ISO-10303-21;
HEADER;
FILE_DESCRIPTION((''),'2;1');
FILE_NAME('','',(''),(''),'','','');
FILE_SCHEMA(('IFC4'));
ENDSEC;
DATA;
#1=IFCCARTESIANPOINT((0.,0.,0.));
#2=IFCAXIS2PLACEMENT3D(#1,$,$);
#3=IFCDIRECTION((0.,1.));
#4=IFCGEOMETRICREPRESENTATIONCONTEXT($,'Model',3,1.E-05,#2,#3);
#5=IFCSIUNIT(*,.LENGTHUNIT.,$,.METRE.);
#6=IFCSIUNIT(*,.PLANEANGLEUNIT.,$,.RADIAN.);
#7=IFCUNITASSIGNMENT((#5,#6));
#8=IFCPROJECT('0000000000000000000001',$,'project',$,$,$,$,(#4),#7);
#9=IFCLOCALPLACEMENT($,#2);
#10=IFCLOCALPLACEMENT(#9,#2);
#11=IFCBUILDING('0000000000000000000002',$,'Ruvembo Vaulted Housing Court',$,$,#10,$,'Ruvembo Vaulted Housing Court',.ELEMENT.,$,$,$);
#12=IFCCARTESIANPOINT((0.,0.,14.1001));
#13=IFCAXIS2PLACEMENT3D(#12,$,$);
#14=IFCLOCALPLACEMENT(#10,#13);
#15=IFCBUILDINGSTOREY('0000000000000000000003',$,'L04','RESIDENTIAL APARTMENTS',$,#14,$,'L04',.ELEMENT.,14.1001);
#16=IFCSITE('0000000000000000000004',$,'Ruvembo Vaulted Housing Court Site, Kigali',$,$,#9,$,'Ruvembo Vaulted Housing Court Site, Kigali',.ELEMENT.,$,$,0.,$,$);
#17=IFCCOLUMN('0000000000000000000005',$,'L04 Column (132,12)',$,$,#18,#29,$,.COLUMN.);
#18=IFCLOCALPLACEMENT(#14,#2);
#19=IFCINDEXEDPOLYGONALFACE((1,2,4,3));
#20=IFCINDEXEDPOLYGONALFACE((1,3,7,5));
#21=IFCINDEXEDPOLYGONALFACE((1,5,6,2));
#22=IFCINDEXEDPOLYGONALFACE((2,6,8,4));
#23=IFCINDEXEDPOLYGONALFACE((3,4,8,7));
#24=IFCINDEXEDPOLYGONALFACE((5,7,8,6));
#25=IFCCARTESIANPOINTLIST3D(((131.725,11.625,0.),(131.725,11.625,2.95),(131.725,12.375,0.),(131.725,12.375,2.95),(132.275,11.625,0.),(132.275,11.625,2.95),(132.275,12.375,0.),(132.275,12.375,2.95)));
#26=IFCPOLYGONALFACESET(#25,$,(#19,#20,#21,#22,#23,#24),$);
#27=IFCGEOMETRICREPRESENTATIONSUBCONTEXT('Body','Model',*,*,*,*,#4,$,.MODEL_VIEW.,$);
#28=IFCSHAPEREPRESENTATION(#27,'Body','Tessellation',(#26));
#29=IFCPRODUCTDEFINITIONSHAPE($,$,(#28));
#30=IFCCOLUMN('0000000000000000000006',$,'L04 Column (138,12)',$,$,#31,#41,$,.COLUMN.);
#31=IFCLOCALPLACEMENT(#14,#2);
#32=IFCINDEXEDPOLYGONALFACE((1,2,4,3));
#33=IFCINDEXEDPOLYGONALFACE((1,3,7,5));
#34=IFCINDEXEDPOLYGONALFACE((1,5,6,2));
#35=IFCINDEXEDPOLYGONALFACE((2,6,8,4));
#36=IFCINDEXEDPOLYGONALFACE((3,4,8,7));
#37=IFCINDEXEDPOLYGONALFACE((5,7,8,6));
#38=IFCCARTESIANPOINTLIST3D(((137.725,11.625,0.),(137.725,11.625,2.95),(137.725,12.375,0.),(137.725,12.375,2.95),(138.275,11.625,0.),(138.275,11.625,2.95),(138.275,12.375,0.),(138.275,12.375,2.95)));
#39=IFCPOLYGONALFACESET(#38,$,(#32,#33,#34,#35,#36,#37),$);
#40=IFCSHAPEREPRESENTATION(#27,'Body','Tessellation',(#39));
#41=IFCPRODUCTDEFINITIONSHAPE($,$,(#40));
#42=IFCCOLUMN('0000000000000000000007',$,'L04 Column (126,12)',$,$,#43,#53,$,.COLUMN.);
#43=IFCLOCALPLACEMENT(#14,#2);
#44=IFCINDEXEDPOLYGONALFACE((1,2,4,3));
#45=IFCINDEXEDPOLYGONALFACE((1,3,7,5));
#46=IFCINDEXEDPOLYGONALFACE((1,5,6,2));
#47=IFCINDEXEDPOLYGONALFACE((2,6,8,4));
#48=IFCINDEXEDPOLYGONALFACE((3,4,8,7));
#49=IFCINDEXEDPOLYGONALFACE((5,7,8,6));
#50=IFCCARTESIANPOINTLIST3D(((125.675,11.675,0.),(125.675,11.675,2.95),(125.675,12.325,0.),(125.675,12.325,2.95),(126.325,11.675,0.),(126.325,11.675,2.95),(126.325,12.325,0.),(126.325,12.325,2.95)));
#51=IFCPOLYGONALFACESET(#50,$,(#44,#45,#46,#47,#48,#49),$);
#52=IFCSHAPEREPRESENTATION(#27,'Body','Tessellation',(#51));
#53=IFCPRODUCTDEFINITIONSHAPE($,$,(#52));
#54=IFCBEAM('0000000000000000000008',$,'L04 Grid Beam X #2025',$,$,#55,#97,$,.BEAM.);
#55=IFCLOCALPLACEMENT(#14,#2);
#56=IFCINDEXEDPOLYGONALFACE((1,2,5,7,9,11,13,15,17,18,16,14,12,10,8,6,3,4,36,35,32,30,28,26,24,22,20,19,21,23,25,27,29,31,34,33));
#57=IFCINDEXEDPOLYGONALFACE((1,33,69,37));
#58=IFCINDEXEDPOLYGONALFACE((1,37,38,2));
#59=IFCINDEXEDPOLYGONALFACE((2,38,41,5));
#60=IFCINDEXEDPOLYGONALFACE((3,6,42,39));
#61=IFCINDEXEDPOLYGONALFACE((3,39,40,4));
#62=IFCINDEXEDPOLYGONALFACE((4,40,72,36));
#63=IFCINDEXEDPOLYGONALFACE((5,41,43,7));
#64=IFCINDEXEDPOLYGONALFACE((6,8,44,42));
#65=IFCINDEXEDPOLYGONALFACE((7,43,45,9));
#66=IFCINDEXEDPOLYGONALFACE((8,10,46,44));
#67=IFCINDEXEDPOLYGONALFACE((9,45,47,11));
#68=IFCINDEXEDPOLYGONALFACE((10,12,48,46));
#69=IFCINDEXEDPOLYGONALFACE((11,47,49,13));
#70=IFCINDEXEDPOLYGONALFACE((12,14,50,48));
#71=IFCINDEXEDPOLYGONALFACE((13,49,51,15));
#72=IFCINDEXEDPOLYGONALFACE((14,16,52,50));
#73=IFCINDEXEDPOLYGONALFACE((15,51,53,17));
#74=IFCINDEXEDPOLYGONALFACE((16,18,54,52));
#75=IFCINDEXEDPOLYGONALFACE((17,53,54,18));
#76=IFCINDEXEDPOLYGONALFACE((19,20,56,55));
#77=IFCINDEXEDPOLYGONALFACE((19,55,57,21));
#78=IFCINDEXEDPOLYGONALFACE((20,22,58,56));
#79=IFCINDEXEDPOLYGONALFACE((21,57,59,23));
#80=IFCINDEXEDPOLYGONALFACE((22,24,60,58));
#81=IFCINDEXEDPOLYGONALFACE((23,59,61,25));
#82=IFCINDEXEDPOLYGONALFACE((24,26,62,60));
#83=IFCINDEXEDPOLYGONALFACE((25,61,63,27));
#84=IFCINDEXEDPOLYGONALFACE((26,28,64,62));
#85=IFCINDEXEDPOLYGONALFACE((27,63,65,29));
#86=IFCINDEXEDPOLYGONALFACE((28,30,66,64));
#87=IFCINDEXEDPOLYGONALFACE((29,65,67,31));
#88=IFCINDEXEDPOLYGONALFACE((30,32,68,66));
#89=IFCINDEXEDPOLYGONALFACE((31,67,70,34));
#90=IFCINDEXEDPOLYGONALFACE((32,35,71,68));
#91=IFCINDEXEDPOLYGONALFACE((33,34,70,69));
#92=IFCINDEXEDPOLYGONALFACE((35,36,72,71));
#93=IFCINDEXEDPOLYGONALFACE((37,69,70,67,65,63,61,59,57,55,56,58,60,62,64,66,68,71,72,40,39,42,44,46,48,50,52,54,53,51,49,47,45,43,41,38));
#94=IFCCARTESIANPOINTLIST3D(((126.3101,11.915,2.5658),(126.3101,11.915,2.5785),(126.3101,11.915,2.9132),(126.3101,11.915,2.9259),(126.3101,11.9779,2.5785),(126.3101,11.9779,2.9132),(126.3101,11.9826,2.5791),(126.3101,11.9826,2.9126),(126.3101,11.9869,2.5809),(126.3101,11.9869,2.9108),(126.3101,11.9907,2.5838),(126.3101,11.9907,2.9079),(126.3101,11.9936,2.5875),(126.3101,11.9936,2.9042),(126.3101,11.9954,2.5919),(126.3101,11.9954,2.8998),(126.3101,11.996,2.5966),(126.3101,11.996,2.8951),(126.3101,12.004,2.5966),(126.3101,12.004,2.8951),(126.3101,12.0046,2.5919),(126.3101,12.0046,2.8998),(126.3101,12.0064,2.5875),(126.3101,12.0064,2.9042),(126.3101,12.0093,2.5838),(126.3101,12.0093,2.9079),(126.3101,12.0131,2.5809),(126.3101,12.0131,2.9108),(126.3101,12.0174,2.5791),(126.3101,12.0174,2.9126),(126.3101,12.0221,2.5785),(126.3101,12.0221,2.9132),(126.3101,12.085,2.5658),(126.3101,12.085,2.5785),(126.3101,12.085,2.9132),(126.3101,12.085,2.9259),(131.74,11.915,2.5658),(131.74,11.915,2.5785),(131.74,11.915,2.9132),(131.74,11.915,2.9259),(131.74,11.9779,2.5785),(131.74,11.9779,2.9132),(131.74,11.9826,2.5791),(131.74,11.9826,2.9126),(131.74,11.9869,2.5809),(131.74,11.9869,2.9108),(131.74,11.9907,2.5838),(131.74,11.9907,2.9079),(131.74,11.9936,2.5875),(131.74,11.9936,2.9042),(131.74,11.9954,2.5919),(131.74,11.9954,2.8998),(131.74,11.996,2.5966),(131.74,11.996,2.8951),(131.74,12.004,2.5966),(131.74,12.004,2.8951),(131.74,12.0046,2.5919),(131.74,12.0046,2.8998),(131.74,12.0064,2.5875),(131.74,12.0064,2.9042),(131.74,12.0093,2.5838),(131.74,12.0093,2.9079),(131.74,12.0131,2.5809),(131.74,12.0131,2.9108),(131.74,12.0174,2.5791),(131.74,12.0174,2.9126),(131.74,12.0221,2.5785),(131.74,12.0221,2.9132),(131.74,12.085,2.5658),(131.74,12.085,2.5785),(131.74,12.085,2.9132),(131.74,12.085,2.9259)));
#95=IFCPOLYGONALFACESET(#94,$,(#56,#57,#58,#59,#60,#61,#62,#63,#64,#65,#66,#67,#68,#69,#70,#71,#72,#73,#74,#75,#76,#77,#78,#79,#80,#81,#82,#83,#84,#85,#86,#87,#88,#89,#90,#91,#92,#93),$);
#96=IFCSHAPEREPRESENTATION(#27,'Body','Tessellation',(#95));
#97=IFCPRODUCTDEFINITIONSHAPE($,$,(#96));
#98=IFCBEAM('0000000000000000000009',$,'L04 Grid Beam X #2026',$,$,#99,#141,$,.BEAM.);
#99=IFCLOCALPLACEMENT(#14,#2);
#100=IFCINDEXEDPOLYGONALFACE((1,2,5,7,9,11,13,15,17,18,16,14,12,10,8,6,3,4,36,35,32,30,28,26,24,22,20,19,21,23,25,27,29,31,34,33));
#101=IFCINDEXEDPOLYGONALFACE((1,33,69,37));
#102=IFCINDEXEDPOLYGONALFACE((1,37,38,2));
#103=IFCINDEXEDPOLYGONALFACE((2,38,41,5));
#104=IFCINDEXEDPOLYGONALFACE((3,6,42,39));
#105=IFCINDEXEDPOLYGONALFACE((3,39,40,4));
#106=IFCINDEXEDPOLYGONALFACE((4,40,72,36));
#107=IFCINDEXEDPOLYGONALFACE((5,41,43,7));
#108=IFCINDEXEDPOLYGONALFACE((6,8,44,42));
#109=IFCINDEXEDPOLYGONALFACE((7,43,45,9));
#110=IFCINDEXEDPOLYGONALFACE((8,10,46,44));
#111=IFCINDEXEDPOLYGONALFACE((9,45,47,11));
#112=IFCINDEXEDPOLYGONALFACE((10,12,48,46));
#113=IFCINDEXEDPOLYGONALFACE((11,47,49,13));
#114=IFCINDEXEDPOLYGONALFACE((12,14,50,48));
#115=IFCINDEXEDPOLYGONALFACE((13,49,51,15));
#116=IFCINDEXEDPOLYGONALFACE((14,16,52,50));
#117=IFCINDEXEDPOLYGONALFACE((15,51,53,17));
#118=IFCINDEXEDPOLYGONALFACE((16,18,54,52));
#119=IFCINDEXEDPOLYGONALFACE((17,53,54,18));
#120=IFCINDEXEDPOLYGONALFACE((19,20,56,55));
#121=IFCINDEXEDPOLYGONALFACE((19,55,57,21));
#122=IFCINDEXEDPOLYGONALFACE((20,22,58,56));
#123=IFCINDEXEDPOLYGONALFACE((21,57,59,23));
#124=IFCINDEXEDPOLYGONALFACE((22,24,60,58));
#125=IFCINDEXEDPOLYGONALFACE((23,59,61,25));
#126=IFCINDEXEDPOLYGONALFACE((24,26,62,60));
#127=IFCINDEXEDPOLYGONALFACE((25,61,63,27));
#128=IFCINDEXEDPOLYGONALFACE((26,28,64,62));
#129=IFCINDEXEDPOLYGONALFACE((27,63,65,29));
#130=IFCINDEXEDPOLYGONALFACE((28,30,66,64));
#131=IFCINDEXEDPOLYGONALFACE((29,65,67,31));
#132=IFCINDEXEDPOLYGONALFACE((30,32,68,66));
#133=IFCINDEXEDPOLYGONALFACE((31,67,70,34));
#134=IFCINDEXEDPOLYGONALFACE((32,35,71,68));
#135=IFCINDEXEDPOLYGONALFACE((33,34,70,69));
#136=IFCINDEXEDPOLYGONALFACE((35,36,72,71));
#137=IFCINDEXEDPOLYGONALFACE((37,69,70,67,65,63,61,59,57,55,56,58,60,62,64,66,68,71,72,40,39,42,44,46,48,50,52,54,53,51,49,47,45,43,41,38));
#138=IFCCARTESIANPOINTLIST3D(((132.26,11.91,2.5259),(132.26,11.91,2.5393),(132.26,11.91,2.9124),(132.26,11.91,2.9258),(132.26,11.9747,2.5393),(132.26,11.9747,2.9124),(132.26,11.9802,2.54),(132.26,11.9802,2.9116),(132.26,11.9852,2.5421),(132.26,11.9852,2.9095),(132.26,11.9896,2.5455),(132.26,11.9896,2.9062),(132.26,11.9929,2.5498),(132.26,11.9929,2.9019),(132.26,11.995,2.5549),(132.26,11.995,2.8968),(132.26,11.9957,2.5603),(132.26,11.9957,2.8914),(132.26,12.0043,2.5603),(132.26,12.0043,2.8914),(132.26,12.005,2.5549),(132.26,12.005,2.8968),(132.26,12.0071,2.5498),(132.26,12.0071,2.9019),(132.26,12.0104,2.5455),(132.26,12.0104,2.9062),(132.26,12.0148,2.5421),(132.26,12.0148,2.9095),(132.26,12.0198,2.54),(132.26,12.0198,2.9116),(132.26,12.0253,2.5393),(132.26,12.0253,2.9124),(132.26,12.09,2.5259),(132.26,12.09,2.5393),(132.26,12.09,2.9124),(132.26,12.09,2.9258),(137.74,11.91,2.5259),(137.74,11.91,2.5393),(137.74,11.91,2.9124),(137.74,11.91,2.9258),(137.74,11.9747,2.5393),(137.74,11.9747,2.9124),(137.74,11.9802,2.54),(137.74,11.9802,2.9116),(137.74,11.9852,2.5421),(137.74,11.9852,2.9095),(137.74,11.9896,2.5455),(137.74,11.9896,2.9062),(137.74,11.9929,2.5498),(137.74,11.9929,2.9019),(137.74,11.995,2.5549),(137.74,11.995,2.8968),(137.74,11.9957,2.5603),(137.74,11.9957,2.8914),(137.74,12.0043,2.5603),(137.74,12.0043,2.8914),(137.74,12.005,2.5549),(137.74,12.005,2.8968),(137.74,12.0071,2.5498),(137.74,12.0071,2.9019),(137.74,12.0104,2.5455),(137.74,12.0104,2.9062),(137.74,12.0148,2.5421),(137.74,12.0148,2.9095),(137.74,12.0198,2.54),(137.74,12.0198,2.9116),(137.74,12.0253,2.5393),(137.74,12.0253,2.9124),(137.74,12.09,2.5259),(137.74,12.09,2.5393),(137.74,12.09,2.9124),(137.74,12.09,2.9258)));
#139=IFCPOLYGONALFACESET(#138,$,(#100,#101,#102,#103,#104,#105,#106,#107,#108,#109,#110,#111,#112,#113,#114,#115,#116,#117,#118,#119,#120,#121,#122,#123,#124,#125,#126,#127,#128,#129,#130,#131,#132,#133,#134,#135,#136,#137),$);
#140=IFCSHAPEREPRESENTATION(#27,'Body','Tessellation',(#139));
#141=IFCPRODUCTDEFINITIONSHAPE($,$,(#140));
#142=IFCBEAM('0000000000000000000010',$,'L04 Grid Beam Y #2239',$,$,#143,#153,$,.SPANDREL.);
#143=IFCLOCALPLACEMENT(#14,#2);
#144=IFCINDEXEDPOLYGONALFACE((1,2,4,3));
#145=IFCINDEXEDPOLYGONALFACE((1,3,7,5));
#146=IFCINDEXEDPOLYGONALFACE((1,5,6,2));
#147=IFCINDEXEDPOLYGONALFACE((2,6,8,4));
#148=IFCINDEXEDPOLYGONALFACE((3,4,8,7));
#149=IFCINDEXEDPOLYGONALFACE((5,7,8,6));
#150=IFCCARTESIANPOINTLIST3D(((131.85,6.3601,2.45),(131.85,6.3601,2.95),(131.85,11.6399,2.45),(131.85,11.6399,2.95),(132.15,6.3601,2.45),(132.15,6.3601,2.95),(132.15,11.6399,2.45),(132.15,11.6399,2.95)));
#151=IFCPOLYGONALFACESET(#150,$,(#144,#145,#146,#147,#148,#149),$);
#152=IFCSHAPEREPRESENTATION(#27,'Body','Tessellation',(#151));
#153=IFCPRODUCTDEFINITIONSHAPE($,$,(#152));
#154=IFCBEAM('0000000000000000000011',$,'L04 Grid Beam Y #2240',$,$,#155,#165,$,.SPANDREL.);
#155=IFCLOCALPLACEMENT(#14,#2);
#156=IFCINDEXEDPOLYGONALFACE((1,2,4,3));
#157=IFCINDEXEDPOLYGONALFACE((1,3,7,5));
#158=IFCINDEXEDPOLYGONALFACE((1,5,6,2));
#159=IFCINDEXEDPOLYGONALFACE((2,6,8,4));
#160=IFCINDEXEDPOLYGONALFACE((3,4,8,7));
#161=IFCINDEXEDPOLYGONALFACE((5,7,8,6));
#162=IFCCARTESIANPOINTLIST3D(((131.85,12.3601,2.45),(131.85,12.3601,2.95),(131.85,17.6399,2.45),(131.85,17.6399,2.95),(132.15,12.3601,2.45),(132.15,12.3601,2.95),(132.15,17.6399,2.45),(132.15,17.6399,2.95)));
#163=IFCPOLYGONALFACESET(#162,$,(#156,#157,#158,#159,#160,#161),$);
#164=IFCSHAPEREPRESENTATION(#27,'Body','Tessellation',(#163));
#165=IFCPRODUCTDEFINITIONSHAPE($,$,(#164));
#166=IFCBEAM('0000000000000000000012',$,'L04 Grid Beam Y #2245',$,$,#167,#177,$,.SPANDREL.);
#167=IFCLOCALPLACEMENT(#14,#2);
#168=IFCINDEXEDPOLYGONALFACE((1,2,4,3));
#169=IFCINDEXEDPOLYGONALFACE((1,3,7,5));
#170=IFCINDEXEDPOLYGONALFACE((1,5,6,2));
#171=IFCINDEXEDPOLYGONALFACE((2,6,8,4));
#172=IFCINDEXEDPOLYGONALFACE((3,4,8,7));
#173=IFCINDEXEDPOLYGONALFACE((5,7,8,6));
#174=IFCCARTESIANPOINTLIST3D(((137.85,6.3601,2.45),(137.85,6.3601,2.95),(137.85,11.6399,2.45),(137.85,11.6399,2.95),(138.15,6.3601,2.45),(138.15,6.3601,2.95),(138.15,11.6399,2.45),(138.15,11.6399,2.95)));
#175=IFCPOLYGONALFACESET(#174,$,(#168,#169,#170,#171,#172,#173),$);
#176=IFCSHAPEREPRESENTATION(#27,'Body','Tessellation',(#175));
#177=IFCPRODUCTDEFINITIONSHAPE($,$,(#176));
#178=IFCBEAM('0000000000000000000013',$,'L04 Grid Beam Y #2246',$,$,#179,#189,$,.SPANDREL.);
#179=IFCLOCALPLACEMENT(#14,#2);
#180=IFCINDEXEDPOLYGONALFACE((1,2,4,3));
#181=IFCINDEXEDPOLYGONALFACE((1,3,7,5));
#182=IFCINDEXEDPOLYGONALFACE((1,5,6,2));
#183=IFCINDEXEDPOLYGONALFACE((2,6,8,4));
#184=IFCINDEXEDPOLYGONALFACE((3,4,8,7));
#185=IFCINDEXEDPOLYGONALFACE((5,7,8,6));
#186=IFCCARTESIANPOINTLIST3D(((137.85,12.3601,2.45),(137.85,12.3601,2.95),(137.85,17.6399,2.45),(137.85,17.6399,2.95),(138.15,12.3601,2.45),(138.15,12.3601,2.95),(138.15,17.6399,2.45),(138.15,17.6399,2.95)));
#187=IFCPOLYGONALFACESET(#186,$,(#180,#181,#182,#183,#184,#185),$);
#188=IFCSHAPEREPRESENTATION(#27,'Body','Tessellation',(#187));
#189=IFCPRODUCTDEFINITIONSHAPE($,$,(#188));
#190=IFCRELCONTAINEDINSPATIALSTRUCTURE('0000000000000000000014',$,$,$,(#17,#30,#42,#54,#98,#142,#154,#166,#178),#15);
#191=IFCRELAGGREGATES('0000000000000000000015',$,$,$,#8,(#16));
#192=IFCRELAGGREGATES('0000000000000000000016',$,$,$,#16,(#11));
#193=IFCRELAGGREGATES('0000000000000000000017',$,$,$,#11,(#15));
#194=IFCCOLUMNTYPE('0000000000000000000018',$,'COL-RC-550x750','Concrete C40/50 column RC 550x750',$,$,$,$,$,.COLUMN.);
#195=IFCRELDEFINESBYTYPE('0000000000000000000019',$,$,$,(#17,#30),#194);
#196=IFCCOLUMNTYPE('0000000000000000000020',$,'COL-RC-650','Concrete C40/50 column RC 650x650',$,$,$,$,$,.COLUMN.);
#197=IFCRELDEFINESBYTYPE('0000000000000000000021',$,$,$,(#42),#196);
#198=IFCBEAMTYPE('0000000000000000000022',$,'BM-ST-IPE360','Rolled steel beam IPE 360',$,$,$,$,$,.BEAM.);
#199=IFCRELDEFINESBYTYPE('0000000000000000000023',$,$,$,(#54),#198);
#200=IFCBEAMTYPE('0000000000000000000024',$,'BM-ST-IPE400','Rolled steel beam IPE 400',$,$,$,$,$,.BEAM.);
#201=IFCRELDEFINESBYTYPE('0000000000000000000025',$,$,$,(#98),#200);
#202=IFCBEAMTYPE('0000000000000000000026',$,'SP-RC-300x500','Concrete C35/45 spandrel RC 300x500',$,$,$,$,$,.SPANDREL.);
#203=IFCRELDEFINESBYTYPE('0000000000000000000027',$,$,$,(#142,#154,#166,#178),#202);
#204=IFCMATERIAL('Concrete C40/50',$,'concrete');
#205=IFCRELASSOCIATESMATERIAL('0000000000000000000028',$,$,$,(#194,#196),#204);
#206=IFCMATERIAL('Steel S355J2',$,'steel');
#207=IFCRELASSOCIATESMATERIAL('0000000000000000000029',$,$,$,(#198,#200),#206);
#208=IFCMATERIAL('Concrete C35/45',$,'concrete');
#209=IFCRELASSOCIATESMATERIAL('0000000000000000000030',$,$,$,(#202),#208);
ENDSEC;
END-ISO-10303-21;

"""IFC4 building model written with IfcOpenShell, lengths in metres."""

from ifc_helpers import new_model, si_unit, direction, frame, origin, origin_2d, place, context, subcontext, project, spatial, rectangle, i_section, extrude, material, material_profile, profile_set, type_object, element, save


model = new_model("IFC4")

# Units and contexts
model_context = context("Model", 3, precision=1e-05, world=origin(), true_north=direction((0.0, 1.0)))
body_context = subcontext(model_context, "Body", "Model", "MODEL_VIEW")
ifc_project = project(units=[si_unit("LENGTHUNIT", "METRE"), si_unit("PLANEANGLEUNIT", "RADIAN")], contexts=[model_context])

# Site, building, storey
site_placement = place(None, origin())
site = spatial("IfcSite", under=ifc_project, at=site_placement, Name="Ruvembo Vaulted Housing Court Site, Kigali", LongName="Ruvembo Vaulted Housing Court Site, Kigali", CompositionType="ELEMENT", RefElevation=0.0)
building_placement = place(site_placement, origin())
building = spatial("IfcBuilding", under=site, at=building_placement, Name="Ruvembo Vaulted Housing Court", LongName="Ruvembo Vaulted Housing Court", CompositionType="ELEMENT")
storey_placement = place(building_placement, frame((0.0, 0.0, 14.1001)))
storey = spatial("IfcBuildingStorey", under=building, at=storey_placement, Name="L04", Description="RESIDENTIAL APARTMENTS", LongName="L04", CompositionType="ELEMENT", Elevation=14.1001)

# Columns
ifc_material_1 = material(Name="Concrete C40/50", Category="concrete")
ifc_material_profile_1 = material_profile(ifc_material_1, rectangle(XDim=0.55, YDim=0.75, at=origin_2d()), Name="RC 550x750")
ifc_profile_set_1 = profile_set([ifc_material_profile_1], Name="Concrete C40/50")
column_type_1 = type_object("IfcColumnType", Name="COL-RC-550x750", Description="Concrete C40/50 column RC 550x750", PredefinedType="COLUMN", material=ifc_profile_set_1)
for number, where, z_axis, x_axis, name in (
    (1, (132.0, 12.0, 0.0), (0.0, 0.0, 1.0), (1.0, 0.0, 0.0), "L04 Column (132,12)"),
    (2, (138.0, 12.0, 0.0), (0.0, 0.0, 1.0), (1.0, 0.0, 0.0), "L04 Column (138,12)"),
):
    element("IfcColumn", number, at=place(storey_placement, frame(where, z_axis=z_axis, x_axis=x_axis)), inside=storey, type_object=column_type_1, Name=name, PredefinedType="COLUMN", context=body_context, shape_type="SweptSolid", body=[
        extrude(rectangle(XDim=0.55, YDim=0.75, at=origin_2d()), origin(), (0.0, 0.0, 1.0), 2.95),
    ])
ifc_material_profile_2 = material_profile(ifc_material_1, rectangle(XDim=0.6499, YDim=0.6499, at=origin_2d()), Name="RC 650x650")
ifc_profile_set_2 = profile_set([ifc_material_profile_2], Name="Concrete C40/50")
column_type_2 = type_object("IfcColumnType", Name="COL-RC-650", Description="Concrete C40/50 column RC 650x650", PredefinedType="COLUMN", material=ifc_profile_set_2)
column_placement = place(storey_placement, frame((126.0, 12.0, 0.0), z_axis=(0.0, 0.0, 1.0), x_axis=(1.0, 0.0, 0.0)))
element("IfcColumn", 3, at=column_placement, inside=storey, type_object=column_type_2, Name="L04 Column (126,12)", PredefinedType="COLUMN", context=body_context, shape_type="SweptSolid", body=[
    extrude(rectangle(XDim=0.6499, YDim=0.6499, at=origin_2d()), origin(), (0.0, 0.0, 1.0), 2.95),
])

# Beams
ifc_material_2 = material(Name="Steel S355J2", Category="steel")
ifc_material_profile_3 = material_profile(ifc_material_2, i_section(OverallWidth=0.1699, OverallDepth=0.3601, WebThickness=0.0081, FlangeThickness=0.0127, FilletRadius=0.0181, at=origin_2d()), Name="IPE 360")
ifc_profile_set_3 = profile_set([ifc_material_profile_3], Name="Steel S355J2")
beam_type_1 = type_object("IfcBeamType", Name="BM-ST-IPE360", Description="Rolled steel beam IPE 360", PredefinedType="BEAM", material=ifc_profile_set_3)
beam_1_placement = place(storey_placement, frame((126.3101, 12.0, 2.7458), z_axis=(1.0, 0.0, 0.0), x_axis=(0.0, 1.0, 0.0)))
element("IfcBeam", 4, at=beam_1_placement, inside=storey, type_object=beam_type_1, Name="L04 Grid Beam X #2025", PredefinedType="BEAM", context=body_context, shape_type="SweptSolid", body=[
    extrude(i_section(OverallWidth=0.1699, OverallDepth=0.3601, WebThickness=0.0081, FlangeThickness=0.0127, FilletRadius=0.0181, at=origin_2d()), origin(), (0.0, 0.0, 1.0), 5.4299),
])
ifc_material_profile_4 = material_profile(ifc_material_2, i_section(OverallWidth=0.1799, OverallDepth=0.3999, WebThickness=0.0085, FlangeThickness=0.0134, FilletRadius=0.021, at=origin_2d()), Name="IPE 400")
ifc_profile_set_4 = profile_set([ifc_material_profile_4], Name="Steel S355J2")
beam_type_2 = type_object("IfcBeamType", Name="BM-ST-IPE400", Description="Rolled steel beam IPE 400", PredefinedType="BEAM", material=ifc_profile_set_4)
beam_2_placement = place(storey_placement, frame((132.26, 12.0, 2.7258), z_axis=(1.0, 0.0, 0.0), x_axis=(0.0, 1.0, 0.0)))
element("IfcBeam", 5, at=beam_2_placement, inside=storey, type_object=beam_type_2, Name="L04 Grid Beam X #2026", PredefinedType="BEAM", context=body_context, shape_type="SweptSolid", body=[
    extrude(i_section(OverallWidth=0.1799, OverallDepth=0.3999, WebThickness=0.0085, FlangeThickness=0.0134, FilletRadius=0.021, at=origin_2d()), origin(), (0.0, 0.0, 1.0), 5.48),
])
ifc_material_3 = material(Name="Concrete C35/45", Category="concrete")
ifc_material_profile_5 = material_profile(ifc_material_3, rectangle(XDim=0.3, YDim=0.5, at=origin_2d()), Name="RC 300x500")
ifc_profile_set_5 = profile_set([ifc_material_profile_5], Name="Concrete C35/45")
beam_type_3 = type_object("IfcBeamType", Name="SP-RC-300x500", Description="Concrete C35/45 spandrel RC 300x500", PredefinedType="SPANDREL", material=ifc_profile_set_5)
for number, where, z_axis, x_axis, name in (
    (6, (132.0, 6.3601, 2.7), (0.0, 1.0, 0.0), (-1.0, 0.0, 0.0), "L04 Grid Beam Y #2239"),
    (7, (132.0, 12.3601, 2.7), (0.0, 1.0, 0.0), (-1.0, 0.0, 0.0), "L04 Grid Beam Y #2240"),
    (8, (138.0, 6.3601, 2.7), (0.0, 1.0, 0.0), (-1.0, 0.0, 0.0), "L04 Grid Beam Y #2245"),
    (9, (138.0, 12.3601, 2.7), (0.0, 1.0, 0.0), (-1.0, 0.0, 0.0), "L04 Grid Beam Y #2246"),
):
    element("IfcBeam", number, at=place(storey_placement, frame(where, z_axis=z_axis, x_axis=x_axis)), inside=storey, type_object=beam_type_3, Name=name, PredefinedType="SPANDREL", context=body_context, shape_type="SweptSolid", body=[
        extrude(rectangle(XDim=0.3, YDim=0.5, at=origin_2d()), origin(), (0.0, 0.0, 1.0), 5.2798),
    ])

save(model, "model.ifc")
